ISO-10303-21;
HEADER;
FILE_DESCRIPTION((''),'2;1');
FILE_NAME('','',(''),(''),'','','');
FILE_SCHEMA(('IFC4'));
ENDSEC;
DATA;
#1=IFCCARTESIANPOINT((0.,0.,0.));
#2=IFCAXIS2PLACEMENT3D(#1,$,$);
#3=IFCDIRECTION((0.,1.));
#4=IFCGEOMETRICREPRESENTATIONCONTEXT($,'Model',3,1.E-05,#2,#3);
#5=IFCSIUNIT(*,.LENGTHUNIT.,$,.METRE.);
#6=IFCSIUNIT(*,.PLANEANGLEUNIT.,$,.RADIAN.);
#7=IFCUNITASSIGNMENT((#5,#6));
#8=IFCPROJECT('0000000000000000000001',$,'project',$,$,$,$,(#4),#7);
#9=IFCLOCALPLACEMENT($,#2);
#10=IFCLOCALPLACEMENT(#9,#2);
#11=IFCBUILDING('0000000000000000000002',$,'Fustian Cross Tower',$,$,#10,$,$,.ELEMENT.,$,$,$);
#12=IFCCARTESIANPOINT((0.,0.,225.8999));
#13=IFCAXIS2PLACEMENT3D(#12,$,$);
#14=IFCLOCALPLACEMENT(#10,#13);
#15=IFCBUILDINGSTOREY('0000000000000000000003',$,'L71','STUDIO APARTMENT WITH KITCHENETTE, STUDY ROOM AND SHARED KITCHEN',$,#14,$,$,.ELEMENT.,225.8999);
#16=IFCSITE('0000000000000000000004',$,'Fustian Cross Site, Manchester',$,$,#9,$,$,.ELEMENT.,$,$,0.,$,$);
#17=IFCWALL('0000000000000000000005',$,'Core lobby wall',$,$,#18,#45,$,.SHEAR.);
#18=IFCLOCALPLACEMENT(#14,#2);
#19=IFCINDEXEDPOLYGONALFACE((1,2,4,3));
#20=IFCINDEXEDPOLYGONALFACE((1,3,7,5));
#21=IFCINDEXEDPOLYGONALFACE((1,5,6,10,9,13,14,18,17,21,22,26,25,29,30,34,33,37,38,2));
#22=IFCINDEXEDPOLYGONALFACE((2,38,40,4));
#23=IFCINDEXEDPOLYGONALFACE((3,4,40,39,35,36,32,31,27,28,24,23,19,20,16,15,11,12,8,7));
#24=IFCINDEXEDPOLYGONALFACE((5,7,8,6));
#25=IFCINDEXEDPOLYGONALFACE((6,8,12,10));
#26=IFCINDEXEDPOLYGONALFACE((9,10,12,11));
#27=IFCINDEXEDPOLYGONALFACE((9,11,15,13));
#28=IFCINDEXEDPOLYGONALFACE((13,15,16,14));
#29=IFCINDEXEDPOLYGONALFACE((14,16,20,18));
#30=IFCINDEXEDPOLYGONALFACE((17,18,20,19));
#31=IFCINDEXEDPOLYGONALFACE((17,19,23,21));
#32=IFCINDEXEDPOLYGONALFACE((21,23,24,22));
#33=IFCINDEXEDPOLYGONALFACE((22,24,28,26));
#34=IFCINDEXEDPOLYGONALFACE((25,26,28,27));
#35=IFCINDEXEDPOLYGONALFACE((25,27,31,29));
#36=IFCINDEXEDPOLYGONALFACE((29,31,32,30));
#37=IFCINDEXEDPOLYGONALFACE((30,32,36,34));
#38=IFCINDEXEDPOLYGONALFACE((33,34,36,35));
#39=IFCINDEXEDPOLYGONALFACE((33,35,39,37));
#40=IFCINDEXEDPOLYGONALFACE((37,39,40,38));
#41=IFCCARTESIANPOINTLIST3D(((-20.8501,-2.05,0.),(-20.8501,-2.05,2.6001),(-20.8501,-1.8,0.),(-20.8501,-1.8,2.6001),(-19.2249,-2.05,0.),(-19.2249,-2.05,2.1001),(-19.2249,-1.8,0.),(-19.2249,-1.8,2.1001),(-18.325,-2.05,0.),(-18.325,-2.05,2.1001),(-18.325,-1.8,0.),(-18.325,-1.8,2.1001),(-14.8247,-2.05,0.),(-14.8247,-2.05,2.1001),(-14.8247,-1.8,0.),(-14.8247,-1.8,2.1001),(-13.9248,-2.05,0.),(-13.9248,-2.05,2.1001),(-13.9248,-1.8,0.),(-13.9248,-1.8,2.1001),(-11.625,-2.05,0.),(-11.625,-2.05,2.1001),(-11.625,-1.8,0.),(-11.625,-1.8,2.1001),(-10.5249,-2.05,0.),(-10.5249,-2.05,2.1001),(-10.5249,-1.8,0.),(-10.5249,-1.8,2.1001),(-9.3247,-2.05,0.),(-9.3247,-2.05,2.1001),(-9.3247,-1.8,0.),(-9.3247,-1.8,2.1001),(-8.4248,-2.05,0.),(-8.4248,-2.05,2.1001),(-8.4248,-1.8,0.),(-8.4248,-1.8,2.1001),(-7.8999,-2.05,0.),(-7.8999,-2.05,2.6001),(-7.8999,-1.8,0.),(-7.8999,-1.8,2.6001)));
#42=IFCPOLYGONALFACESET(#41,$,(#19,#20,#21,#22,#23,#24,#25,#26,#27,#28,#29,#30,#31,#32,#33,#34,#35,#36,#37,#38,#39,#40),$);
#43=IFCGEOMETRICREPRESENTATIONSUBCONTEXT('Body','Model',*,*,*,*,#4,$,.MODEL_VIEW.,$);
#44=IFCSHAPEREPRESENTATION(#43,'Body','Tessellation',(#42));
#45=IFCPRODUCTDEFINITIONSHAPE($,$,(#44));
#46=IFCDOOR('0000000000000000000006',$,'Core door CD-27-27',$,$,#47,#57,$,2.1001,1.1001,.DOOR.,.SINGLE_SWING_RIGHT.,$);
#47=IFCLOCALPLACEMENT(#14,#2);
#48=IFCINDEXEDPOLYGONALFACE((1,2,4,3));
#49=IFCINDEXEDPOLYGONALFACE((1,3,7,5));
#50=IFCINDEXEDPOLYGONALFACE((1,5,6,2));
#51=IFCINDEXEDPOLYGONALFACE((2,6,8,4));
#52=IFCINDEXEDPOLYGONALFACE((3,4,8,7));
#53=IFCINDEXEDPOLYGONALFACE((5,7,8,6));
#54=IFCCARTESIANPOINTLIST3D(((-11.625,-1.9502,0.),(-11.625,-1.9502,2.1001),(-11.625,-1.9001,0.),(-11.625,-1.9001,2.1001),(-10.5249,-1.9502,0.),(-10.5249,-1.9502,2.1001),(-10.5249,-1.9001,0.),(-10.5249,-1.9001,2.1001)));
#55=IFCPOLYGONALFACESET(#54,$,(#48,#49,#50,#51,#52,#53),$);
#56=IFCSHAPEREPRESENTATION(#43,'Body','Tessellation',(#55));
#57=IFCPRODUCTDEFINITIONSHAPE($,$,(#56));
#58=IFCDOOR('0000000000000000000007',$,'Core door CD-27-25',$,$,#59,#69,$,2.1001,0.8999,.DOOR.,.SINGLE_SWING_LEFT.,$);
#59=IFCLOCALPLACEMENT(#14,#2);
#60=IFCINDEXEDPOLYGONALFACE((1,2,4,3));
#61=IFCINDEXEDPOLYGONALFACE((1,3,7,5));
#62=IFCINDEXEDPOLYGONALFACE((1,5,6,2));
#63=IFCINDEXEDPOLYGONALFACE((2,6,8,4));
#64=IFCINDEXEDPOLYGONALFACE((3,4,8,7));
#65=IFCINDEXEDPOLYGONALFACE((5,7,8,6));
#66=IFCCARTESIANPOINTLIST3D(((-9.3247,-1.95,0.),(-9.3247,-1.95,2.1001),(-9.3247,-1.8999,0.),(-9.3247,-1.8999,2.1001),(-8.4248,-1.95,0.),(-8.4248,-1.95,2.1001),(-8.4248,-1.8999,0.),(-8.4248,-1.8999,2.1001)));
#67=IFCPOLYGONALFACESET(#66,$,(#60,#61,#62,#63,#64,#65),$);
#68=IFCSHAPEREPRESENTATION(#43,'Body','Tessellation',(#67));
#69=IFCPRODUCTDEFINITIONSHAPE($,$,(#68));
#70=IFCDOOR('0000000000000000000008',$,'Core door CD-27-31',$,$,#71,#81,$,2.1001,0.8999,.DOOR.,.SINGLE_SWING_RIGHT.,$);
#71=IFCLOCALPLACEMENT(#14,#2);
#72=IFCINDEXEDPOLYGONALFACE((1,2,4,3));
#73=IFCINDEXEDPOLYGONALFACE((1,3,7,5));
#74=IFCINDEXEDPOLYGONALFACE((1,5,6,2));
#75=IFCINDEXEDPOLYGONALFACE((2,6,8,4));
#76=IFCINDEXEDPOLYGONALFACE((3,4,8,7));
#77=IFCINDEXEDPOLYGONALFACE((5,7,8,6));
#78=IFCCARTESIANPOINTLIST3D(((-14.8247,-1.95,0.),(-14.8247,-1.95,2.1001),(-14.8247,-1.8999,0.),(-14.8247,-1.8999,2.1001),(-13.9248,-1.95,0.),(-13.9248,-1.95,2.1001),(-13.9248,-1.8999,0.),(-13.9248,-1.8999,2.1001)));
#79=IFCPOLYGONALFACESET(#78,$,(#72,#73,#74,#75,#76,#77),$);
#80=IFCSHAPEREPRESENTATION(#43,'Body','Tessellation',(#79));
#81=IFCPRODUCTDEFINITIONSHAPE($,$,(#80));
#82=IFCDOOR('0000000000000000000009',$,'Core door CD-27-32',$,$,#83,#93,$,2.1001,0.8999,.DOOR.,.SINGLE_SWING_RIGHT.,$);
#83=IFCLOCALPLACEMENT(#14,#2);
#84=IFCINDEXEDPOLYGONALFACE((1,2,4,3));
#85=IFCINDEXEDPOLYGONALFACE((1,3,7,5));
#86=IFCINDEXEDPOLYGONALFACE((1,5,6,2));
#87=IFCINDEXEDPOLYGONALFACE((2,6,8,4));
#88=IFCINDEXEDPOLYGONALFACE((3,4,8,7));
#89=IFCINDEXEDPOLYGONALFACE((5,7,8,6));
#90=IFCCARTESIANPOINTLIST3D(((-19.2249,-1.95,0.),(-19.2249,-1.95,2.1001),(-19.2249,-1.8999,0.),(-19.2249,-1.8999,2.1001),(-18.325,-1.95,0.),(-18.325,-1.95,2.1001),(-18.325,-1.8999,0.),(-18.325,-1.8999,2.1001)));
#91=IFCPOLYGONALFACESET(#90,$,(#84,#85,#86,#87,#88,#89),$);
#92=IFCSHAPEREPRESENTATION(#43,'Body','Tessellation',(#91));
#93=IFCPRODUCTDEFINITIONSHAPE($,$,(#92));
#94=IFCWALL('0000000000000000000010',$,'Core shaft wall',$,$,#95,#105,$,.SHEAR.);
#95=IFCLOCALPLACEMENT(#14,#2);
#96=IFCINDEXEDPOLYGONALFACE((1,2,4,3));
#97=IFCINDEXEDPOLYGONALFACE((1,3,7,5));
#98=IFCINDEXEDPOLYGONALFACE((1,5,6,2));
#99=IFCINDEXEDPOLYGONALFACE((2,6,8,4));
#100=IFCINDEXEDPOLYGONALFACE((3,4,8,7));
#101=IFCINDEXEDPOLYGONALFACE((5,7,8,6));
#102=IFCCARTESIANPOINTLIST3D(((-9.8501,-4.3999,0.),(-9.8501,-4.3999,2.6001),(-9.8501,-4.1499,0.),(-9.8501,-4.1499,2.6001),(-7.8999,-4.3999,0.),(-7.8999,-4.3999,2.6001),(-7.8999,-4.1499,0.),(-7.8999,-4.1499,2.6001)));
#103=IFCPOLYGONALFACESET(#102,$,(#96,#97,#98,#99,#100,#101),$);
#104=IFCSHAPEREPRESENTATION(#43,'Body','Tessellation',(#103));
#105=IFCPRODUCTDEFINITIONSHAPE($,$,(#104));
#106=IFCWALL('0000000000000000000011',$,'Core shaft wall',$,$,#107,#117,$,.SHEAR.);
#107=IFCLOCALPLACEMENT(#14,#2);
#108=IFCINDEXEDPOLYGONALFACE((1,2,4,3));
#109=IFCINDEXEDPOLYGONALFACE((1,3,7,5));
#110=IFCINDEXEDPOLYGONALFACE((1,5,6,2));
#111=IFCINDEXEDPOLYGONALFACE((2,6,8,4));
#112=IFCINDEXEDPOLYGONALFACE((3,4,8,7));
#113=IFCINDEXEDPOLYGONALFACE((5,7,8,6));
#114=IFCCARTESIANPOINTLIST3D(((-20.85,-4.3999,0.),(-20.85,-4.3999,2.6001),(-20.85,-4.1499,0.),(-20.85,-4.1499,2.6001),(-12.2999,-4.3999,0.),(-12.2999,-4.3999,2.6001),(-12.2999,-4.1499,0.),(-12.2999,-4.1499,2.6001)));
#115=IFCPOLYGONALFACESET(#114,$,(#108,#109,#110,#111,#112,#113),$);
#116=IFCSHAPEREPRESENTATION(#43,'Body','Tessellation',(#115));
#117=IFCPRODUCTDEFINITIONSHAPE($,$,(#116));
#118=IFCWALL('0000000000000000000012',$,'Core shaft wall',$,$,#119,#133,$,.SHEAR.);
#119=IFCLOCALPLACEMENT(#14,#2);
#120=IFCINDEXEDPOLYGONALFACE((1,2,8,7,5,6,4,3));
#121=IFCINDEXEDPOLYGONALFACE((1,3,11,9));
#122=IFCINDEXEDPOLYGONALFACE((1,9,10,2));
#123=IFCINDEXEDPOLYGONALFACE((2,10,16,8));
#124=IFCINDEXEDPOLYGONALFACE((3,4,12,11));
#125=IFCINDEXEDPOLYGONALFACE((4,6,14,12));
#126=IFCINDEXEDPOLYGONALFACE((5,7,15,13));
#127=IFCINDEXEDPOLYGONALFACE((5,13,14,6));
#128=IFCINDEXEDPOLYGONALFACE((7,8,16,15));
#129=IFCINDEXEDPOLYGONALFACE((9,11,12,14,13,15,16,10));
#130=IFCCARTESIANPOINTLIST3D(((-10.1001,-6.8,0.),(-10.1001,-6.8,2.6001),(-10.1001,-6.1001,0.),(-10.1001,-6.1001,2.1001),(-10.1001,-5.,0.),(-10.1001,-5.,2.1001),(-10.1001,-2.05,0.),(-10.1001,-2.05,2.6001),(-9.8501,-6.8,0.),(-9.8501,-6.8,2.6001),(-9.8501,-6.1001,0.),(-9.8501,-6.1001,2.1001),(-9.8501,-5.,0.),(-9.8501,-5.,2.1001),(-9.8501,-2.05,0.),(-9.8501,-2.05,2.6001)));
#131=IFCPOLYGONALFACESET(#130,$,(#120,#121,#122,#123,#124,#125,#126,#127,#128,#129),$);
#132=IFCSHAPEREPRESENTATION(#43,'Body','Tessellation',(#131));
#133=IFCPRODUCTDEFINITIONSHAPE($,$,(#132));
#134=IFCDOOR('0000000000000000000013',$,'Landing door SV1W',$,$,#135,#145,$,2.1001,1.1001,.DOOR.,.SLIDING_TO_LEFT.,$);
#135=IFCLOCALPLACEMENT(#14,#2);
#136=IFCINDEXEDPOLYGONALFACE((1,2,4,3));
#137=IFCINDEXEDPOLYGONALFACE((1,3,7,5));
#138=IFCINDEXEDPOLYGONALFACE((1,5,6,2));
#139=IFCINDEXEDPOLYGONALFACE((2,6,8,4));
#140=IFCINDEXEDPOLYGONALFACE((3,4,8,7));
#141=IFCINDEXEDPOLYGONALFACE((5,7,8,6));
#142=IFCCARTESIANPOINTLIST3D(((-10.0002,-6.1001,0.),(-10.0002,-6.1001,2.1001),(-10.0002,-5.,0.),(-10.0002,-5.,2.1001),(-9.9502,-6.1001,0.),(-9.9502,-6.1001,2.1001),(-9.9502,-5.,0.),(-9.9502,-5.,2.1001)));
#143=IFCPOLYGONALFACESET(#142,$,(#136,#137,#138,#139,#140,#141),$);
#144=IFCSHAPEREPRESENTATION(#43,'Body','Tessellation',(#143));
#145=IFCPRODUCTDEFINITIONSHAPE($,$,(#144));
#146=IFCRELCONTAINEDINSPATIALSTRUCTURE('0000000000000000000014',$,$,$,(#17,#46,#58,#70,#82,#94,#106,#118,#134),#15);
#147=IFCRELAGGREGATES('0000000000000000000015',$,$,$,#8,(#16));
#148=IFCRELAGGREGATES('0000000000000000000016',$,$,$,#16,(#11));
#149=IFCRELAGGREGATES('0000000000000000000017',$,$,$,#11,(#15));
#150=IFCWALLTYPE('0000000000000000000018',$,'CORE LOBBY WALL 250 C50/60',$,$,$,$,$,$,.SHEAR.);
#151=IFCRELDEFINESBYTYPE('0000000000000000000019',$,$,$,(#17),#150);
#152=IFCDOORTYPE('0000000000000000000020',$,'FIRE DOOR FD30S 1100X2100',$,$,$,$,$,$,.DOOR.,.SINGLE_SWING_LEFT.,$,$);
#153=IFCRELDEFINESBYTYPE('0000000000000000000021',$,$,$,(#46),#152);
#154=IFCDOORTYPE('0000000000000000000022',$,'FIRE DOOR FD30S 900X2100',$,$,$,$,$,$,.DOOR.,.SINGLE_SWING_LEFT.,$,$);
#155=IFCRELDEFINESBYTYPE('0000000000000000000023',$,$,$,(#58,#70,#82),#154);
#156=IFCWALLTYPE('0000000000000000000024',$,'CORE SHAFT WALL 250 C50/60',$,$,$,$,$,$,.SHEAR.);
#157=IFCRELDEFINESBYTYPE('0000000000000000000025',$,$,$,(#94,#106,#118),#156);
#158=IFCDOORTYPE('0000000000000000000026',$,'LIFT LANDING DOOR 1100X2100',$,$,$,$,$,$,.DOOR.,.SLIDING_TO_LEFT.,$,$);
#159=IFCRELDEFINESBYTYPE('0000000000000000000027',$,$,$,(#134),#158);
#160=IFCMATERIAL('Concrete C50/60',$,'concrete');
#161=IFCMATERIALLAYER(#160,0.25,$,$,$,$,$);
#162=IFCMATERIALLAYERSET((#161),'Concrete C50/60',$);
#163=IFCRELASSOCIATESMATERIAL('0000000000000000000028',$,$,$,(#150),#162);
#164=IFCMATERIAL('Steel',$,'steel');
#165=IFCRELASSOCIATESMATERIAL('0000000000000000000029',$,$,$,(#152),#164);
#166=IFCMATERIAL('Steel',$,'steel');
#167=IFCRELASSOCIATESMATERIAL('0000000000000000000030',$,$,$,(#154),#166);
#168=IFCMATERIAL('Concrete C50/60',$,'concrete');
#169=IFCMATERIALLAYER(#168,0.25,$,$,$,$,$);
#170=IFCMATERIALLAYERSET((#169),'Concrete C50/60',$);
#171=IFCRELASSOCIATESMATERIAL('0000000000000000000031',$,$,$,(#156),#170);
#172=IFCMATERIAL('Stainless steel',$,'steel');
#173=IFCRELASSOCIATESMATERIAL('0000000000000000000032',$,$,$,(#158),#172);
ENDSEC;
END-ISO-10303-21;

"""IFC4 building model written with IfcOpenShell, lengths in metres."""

from ifc_helpers import new_model, si_unit, direction, frame, frame_2d, origin, place, context, subcontext, project, spatial, rectangle, extrude, material, layer, layer_set, type_object, element, fill, save


model = new_model("IFC4")

# Units and contexts
model_context = context("Model", 3, precision=1e-05, world=origin(), true_north=direction((0.0, 1.0)))
body_context = subcontext(model_context, "Body", "Model", "MODEL_VIEW")
ifc_project = project(units=[si_unit("LENGTHUNIT", "METRE"), si_unit("PLANEANGLEUNIT", "RADIAN")], contexts=[model_context])

# Site, building, storey
site_placement = place(None, origin())
site = spatial("IfcSite", under=ifc_project, at=site_placement, Name="Fustian Cross Site, Manchester", CompositionType="ELEMENT", RefElevation=0.0)
building_placement = place(site_placement, origin())
building = spatial("IfcBuilding", under=site, at=building_placement, Name="Fustian Cross Tower", CompositionType="ELEMENT")
storey_placement = place(building_placement, frame((0.0, 0.0, 225.8999)))
storey = spatial("IfcBuildingStorey", under=building, at=storey_placement, Name="L71", Description="STUDIO APARTMENT WITH KITCHENETTE, STUDY ROOM AND SHARED KITCHEN", CompositionType="ELEMENT", Elevation=225.8999)

# Wall, openings, doors
ifc_material_1 = material(Name="Concrete C50/60", Category="concrete")
ifc_layer_1 = layer(ifc_material_1, 0.25)
ifc_layer_set_1 = layer_set([ifc_layer_1], Name="Concrete C50/60")
wall_type_1 = type_object("IfcWallType", Name="CORE LOBBY WALL 250 C50/60", PredefinedType="SHEAR", material=ifc_layer_set_1)
wall_1_placement = place(storey_placement, frame((-7.8999, -1.925, 0.0), z_axis=(0.0, 0.0, 1.0), x_axis=(-1.0, 0.0, 0.0)))
wall_1 = element("IfcWall", 1, at=wall_1_placement, inside=storey, type_object=wall_type_1, Name="Core lobby wall", PredefinedType="SHEAR", context=body_context, shape_type="SweptSolid", body=[
    extrude(rectangle(XDim=12.9502, YDim=0.25, at=frame_2d((6.4751, 0.0))), origin(), (0.0, 0.0, 1.0), 2.6001),
])
opening_1_placement = place(wall_1_placement, frame((0.5249, 0.0, 0.0)))
opening_1 = element("IfcOpeningElement", 2, at=opening_1_placement, cuts=wall_1, PredefinedType="OPENING", context=body_context, shape_type="SweptSolid", body=[
    extrude(rectangle(XDim=0.8999, YDim=2.1001, at=frame_2d((0.45, 1.05))), frame((0.0, 0.135, 0.0), z_axis=(0.0, -1.0, 0.0), x_axis=(1.0, 0.0, 0.0)), (0.0, 0.0, 1.0), 0.27),
])
opening_2_placement = place(wall_1_placement, frame((2.625, 0.0, 0.0)))
opening_2 = element("IfcOpeningElement", 3, at=opening_2_placement, cuts=wall_1, PredefinedType="OPENING", context=body_context, shape_type="SweptSolid", body=[
    extrude(rectangle(XDim=1.1001, YDim=2.1001, at=frame_2d((0.55, 1.05))), frame((0.0, 0.135, 0.0), z_axis=(0.0, -1.0, 0.0), x_axis=(1.0, 0.0, 0.0)), (0.0, 0.0, 1.0), 0.27),
])
opening_3_placement = place(wall_1_placement, frame((6.0249, 0.0, 0.0)))
opening_3 = element("IfcOpeningElement", 4, at=opening_3_placement, cuts=wall_1, PredefinedType="OPENING", context=body_context, shape_type="SweptSolid", body=[
    extrude(rectangle(XDim=0.8999, YDim=2.1001, at=frame_2d((0.45, 1.05))), frame((0.0, 0.135, 0.0), z_axis=(0.0, -1.0, 0.0), x_axis=(1.0, 0.0, 0.0)), (0.0, 0.0, 1.0), 0.27),
])
opening_4_placement = place(wall_1_placement, frame((10.425, 0.0, 0.0)))
opening_4 = element("IfcOpeningElement", 5, at=opening_4_placement, cuts=wall_1, PredefinedType="OPENING", context=body_context, shape_type="SweptSolid", body=[
    extrude(rectangle(XDim=0.8999, YDim=2.1001, at=frame_2d((0.45, 1.05))), frame((0.0, 0.135, 0.0), z_axis=(0.0, -1.0, 0.0), x_axis=(1.0, 0.0, 0.0)), (0.0, 0.0, 1.0), 0.27),
])
ifc_material_2 = material(Name="Steel", Category="steel")
door_type_1 = type_object("IfcDoorType", Name="FIRE DOOR FD30S 1100X2100", OperationType="SINGLE_SWING_LEFT", PredefinedType="DOOR", material=ifc_material_2)
door_1_placement = place(opening_2_placement, frame((1.1001, 0.0, 0.0), z_axis=(0.0, 0.0, 1.0), x_axis=(-1.0, 0.0, 0.0)))
door_1 = element("IfcDoor", 6, at=door_1_placement, inside=storey, type_object=door_type_1, Name="Core door CD-27-27", OperationType="SINGLE_SWING_RIGHT", OverallHeight=2.1001, OverallWidth=1.1001, PredefinedType="DOOR", context=body_context, shape_type="SweptSolid", body=[
    extrude(rectangle(XDim=1.1001, YDim=2.1001, at=frame_2d((0.55, 1.05))), frame((0.0, 0.0249, 0.0), z_axis=(0.0, -1.0, 0.0), x_axis=(1.0, 0.0, 0.0)), (0.0, 0.0, 1.0), 0.05),
])
fill(opening_2, door_1)
ifc_material_3 = material(Name="Steel", Category="steel")
door_type_2 = type_object("IfcDoorType", Name="FIRE DOOR FD30S 900X2100", OperationType="SINGLE_SWING_LEFT", PredefinedType="DOOR", material=ifc_material_3)
door_2_placement = place(opening_1_placement, origin())
door_2 = element("IfcDoor", 7, at=door_2_placement, inside=storey, type_object=door_type_2, Name="Core door CD-27-25", OperationType="SINGLE_SWING_LEFT", OverallHeight=2.1001, OverallWidth=0.8999, PredefinedType="DOOR", context=body_context, shape_type="SweptSolid", body=[
    extrude(rectangle(XDim=0.8999, YDim=2.1001, at=frame_2d((0.45, 1.05))), frame((0.0, 0.0249, 0.0), z_axis=(0.0, -1.0, 0.0), x_axis=(1.0, 0.0, 0.0)), (0.0, 0.0, 1.0), 0.05),
])
fill(opening_1, door_2)
door_3_placement = place(opening_3_placement, origin())
door_3 = element("IfcDoor", 8, at=door_3_placement, inside=storey, type_object=door_type_2, Name="Core door CD-27-31", OperationType="SINGLE_SWING_RIGHT", OverallHeight=2.1001, OverallWidth=0.8999, PredefinedType="DOOR", context=body_context, shape_type="SweptSolid", body=[
    extrude(rectangle(XDim=0.8999, YDim=2.1001, at=frame_2d((0.45, 1.05))), frame((0.0, 0.0249, 0.0), z_axis=(0.0, -1.0, 0.0), x_axis=(1.0, 0.0, 0.0)), (0.0, 0.0, 1.0), 0.05),
])
fill(opening_3, door_3)
door_4_placement = place(opening_4_placement, origin())
door_4 = element("IfcDoor", 9, at=door_4_placement, inside=storey, type_object=door_type_2, Name="Core door CD-27-32", OperationType="SINGLE_SWING_RIGHT", OverallHeight=2.1001, OverallWidth=0.8999, PredefinedType="DOOR", context=body_context, shape_type="SweptSolid", body=[
    extrude(rectangle(XDim=0.8999, YDim=2.1001, at=frame_2d((0.45, 1.05))), frame((0.0, 0.0249, 0.0), z_axis=(0.0, -1.0, 0.0), x_axis=(1.0, 0.0, 0.0)), (0.0, 0.0, 1.0), 0.05),
])
fill(opening_4, door_4)

# Walls
ifc_material_4 = material(Name="Concrete C50/60", Category="concrete")
ifc_layer_2 = layer(ifc_material_4, 0.25)
ifc_layer_set_2 = layer_set([ifc_layer_2], Name="Concrete C50/60")
wall_type_2 = type_object("IfcWallType", Name="CORE SHAFT WALL 250 C50/60", PredefinedType="SHEAR", material=ifc_layer_set_2)
wall_2_placement = place(storey_placement, frame((-7.8999, -4.2749, 0.0), z_axis=(0.0, 0.0, 1.0), x_axis=(-1.0, 0.0, 0.0)))
element("IfcWall", 10, at=wall_2_placement, inside=storey, type_object=wall_type_2, Name="Core shaft wall", PredefinedType="SHEAR", context=body_context, shape_type="SweptSolid", body=[
    extrude(rectangle(XDim=1.9502, YDim=0.25, at=frame_2d((0.9751, 0.0))), origin(), (0.0, 0.0, 1.0), 2.6001),
])
wall_3_placement = place(storey_placement, frame((-12.3, -4.2749, 0.0), z_axis=(0.0, 0.0, 1.0), x_axis=(-1.0, 0.0, 0.0)))
element("IfcWall", 11, at=wall_3_placement, inside=storey, type_object=wall_type_2, Name="Core shaft wall", PredefinedType="SHEAR", context=body_context, shape_type="SweptSolid", body=[
    extrude(rectangle(XDim=8.55, YDim=0.25, at=frame_2d((4.2749, 0.0))), origin(), (0.0, 0.0, 1.0), 2.6001),
])

# Wall, opening, door
wall_4_placement = place(storey_placement, frame((-9.9751, -2.05, 0.0), z_axis=(0.0, 0.0, 1.0), x_axis=(0.0, -1.0, 0.0)))
wall_4 = element("IfcWall", 12, at=wall_4_placement, inside=storey, type_object=wall_type_2, Name="Core shaft wall", PredefinedType="SHEAR", context=body_context, shape_type="SweptSolid", body=[
    extrude(rectangle(XDim=4.75, YDim=0.25, at=frame_2d((2.375, 0.0))), origin(), (0.0, 0.0, 1.0), 2.6001),
])
opening_5_placement = place(wall_4_placement, frame((2.95, 0.0, 0.0)))
opening_5 = element("IfcOpeningElement", 13, at=opening_5_placement, cuts=wall_4, PredefinedType="OPENING", context=body_context, shape_type="SweptSolid", body=[
    extrude(rectangle(XDim=1.1001, YDim=2.1001, at=frame_2d((0.55, 1.05))), frame((0.0, 0.135, 0.0), z_axis=(0.0, -1.0, 0.0), x_axis=(1.0, 0.0, 0.0)), (0.0, 0.0, 1.0), 0.27),
])
ifc_material_5 = material(Name="Stainless steel", Category="steel")
door_type_3 = type_object("IfcDoorType", Name="LIFT LANDING DOOR 1100X2100", OperationType="SLIDING_TO_LEFT", PredefinedType="DOOR", material=ifc_material_5)
door_5_placement = place(opening_5_placement, origin())
door_5 = element("IfcDoor", 14, at=door_5_placement, inside=storey, type_object=door_type_3, Name="Landing door SV1W", OperationType="SLIDING_TO_LEFT", OverallHeight=2.1001, OverallWidth=1.1001, PredefinedType="DOOR", context=body_context, shape_type="SweptSolid", body=[
    extrude(rectangle(XDim=1.1001, YDim=2.1001, at=frame_2d((0.55, 1.05))), frame((0.0, 0.0249, 0.0), z_axis=(0.0, -1.0, 0.0), x_axis=(1.0, 0.0, 0.0)), (0.0, 0.0, 1.0), 0.05),
])
fill(opening_5, door_5)

save(model, "model.ifc")
